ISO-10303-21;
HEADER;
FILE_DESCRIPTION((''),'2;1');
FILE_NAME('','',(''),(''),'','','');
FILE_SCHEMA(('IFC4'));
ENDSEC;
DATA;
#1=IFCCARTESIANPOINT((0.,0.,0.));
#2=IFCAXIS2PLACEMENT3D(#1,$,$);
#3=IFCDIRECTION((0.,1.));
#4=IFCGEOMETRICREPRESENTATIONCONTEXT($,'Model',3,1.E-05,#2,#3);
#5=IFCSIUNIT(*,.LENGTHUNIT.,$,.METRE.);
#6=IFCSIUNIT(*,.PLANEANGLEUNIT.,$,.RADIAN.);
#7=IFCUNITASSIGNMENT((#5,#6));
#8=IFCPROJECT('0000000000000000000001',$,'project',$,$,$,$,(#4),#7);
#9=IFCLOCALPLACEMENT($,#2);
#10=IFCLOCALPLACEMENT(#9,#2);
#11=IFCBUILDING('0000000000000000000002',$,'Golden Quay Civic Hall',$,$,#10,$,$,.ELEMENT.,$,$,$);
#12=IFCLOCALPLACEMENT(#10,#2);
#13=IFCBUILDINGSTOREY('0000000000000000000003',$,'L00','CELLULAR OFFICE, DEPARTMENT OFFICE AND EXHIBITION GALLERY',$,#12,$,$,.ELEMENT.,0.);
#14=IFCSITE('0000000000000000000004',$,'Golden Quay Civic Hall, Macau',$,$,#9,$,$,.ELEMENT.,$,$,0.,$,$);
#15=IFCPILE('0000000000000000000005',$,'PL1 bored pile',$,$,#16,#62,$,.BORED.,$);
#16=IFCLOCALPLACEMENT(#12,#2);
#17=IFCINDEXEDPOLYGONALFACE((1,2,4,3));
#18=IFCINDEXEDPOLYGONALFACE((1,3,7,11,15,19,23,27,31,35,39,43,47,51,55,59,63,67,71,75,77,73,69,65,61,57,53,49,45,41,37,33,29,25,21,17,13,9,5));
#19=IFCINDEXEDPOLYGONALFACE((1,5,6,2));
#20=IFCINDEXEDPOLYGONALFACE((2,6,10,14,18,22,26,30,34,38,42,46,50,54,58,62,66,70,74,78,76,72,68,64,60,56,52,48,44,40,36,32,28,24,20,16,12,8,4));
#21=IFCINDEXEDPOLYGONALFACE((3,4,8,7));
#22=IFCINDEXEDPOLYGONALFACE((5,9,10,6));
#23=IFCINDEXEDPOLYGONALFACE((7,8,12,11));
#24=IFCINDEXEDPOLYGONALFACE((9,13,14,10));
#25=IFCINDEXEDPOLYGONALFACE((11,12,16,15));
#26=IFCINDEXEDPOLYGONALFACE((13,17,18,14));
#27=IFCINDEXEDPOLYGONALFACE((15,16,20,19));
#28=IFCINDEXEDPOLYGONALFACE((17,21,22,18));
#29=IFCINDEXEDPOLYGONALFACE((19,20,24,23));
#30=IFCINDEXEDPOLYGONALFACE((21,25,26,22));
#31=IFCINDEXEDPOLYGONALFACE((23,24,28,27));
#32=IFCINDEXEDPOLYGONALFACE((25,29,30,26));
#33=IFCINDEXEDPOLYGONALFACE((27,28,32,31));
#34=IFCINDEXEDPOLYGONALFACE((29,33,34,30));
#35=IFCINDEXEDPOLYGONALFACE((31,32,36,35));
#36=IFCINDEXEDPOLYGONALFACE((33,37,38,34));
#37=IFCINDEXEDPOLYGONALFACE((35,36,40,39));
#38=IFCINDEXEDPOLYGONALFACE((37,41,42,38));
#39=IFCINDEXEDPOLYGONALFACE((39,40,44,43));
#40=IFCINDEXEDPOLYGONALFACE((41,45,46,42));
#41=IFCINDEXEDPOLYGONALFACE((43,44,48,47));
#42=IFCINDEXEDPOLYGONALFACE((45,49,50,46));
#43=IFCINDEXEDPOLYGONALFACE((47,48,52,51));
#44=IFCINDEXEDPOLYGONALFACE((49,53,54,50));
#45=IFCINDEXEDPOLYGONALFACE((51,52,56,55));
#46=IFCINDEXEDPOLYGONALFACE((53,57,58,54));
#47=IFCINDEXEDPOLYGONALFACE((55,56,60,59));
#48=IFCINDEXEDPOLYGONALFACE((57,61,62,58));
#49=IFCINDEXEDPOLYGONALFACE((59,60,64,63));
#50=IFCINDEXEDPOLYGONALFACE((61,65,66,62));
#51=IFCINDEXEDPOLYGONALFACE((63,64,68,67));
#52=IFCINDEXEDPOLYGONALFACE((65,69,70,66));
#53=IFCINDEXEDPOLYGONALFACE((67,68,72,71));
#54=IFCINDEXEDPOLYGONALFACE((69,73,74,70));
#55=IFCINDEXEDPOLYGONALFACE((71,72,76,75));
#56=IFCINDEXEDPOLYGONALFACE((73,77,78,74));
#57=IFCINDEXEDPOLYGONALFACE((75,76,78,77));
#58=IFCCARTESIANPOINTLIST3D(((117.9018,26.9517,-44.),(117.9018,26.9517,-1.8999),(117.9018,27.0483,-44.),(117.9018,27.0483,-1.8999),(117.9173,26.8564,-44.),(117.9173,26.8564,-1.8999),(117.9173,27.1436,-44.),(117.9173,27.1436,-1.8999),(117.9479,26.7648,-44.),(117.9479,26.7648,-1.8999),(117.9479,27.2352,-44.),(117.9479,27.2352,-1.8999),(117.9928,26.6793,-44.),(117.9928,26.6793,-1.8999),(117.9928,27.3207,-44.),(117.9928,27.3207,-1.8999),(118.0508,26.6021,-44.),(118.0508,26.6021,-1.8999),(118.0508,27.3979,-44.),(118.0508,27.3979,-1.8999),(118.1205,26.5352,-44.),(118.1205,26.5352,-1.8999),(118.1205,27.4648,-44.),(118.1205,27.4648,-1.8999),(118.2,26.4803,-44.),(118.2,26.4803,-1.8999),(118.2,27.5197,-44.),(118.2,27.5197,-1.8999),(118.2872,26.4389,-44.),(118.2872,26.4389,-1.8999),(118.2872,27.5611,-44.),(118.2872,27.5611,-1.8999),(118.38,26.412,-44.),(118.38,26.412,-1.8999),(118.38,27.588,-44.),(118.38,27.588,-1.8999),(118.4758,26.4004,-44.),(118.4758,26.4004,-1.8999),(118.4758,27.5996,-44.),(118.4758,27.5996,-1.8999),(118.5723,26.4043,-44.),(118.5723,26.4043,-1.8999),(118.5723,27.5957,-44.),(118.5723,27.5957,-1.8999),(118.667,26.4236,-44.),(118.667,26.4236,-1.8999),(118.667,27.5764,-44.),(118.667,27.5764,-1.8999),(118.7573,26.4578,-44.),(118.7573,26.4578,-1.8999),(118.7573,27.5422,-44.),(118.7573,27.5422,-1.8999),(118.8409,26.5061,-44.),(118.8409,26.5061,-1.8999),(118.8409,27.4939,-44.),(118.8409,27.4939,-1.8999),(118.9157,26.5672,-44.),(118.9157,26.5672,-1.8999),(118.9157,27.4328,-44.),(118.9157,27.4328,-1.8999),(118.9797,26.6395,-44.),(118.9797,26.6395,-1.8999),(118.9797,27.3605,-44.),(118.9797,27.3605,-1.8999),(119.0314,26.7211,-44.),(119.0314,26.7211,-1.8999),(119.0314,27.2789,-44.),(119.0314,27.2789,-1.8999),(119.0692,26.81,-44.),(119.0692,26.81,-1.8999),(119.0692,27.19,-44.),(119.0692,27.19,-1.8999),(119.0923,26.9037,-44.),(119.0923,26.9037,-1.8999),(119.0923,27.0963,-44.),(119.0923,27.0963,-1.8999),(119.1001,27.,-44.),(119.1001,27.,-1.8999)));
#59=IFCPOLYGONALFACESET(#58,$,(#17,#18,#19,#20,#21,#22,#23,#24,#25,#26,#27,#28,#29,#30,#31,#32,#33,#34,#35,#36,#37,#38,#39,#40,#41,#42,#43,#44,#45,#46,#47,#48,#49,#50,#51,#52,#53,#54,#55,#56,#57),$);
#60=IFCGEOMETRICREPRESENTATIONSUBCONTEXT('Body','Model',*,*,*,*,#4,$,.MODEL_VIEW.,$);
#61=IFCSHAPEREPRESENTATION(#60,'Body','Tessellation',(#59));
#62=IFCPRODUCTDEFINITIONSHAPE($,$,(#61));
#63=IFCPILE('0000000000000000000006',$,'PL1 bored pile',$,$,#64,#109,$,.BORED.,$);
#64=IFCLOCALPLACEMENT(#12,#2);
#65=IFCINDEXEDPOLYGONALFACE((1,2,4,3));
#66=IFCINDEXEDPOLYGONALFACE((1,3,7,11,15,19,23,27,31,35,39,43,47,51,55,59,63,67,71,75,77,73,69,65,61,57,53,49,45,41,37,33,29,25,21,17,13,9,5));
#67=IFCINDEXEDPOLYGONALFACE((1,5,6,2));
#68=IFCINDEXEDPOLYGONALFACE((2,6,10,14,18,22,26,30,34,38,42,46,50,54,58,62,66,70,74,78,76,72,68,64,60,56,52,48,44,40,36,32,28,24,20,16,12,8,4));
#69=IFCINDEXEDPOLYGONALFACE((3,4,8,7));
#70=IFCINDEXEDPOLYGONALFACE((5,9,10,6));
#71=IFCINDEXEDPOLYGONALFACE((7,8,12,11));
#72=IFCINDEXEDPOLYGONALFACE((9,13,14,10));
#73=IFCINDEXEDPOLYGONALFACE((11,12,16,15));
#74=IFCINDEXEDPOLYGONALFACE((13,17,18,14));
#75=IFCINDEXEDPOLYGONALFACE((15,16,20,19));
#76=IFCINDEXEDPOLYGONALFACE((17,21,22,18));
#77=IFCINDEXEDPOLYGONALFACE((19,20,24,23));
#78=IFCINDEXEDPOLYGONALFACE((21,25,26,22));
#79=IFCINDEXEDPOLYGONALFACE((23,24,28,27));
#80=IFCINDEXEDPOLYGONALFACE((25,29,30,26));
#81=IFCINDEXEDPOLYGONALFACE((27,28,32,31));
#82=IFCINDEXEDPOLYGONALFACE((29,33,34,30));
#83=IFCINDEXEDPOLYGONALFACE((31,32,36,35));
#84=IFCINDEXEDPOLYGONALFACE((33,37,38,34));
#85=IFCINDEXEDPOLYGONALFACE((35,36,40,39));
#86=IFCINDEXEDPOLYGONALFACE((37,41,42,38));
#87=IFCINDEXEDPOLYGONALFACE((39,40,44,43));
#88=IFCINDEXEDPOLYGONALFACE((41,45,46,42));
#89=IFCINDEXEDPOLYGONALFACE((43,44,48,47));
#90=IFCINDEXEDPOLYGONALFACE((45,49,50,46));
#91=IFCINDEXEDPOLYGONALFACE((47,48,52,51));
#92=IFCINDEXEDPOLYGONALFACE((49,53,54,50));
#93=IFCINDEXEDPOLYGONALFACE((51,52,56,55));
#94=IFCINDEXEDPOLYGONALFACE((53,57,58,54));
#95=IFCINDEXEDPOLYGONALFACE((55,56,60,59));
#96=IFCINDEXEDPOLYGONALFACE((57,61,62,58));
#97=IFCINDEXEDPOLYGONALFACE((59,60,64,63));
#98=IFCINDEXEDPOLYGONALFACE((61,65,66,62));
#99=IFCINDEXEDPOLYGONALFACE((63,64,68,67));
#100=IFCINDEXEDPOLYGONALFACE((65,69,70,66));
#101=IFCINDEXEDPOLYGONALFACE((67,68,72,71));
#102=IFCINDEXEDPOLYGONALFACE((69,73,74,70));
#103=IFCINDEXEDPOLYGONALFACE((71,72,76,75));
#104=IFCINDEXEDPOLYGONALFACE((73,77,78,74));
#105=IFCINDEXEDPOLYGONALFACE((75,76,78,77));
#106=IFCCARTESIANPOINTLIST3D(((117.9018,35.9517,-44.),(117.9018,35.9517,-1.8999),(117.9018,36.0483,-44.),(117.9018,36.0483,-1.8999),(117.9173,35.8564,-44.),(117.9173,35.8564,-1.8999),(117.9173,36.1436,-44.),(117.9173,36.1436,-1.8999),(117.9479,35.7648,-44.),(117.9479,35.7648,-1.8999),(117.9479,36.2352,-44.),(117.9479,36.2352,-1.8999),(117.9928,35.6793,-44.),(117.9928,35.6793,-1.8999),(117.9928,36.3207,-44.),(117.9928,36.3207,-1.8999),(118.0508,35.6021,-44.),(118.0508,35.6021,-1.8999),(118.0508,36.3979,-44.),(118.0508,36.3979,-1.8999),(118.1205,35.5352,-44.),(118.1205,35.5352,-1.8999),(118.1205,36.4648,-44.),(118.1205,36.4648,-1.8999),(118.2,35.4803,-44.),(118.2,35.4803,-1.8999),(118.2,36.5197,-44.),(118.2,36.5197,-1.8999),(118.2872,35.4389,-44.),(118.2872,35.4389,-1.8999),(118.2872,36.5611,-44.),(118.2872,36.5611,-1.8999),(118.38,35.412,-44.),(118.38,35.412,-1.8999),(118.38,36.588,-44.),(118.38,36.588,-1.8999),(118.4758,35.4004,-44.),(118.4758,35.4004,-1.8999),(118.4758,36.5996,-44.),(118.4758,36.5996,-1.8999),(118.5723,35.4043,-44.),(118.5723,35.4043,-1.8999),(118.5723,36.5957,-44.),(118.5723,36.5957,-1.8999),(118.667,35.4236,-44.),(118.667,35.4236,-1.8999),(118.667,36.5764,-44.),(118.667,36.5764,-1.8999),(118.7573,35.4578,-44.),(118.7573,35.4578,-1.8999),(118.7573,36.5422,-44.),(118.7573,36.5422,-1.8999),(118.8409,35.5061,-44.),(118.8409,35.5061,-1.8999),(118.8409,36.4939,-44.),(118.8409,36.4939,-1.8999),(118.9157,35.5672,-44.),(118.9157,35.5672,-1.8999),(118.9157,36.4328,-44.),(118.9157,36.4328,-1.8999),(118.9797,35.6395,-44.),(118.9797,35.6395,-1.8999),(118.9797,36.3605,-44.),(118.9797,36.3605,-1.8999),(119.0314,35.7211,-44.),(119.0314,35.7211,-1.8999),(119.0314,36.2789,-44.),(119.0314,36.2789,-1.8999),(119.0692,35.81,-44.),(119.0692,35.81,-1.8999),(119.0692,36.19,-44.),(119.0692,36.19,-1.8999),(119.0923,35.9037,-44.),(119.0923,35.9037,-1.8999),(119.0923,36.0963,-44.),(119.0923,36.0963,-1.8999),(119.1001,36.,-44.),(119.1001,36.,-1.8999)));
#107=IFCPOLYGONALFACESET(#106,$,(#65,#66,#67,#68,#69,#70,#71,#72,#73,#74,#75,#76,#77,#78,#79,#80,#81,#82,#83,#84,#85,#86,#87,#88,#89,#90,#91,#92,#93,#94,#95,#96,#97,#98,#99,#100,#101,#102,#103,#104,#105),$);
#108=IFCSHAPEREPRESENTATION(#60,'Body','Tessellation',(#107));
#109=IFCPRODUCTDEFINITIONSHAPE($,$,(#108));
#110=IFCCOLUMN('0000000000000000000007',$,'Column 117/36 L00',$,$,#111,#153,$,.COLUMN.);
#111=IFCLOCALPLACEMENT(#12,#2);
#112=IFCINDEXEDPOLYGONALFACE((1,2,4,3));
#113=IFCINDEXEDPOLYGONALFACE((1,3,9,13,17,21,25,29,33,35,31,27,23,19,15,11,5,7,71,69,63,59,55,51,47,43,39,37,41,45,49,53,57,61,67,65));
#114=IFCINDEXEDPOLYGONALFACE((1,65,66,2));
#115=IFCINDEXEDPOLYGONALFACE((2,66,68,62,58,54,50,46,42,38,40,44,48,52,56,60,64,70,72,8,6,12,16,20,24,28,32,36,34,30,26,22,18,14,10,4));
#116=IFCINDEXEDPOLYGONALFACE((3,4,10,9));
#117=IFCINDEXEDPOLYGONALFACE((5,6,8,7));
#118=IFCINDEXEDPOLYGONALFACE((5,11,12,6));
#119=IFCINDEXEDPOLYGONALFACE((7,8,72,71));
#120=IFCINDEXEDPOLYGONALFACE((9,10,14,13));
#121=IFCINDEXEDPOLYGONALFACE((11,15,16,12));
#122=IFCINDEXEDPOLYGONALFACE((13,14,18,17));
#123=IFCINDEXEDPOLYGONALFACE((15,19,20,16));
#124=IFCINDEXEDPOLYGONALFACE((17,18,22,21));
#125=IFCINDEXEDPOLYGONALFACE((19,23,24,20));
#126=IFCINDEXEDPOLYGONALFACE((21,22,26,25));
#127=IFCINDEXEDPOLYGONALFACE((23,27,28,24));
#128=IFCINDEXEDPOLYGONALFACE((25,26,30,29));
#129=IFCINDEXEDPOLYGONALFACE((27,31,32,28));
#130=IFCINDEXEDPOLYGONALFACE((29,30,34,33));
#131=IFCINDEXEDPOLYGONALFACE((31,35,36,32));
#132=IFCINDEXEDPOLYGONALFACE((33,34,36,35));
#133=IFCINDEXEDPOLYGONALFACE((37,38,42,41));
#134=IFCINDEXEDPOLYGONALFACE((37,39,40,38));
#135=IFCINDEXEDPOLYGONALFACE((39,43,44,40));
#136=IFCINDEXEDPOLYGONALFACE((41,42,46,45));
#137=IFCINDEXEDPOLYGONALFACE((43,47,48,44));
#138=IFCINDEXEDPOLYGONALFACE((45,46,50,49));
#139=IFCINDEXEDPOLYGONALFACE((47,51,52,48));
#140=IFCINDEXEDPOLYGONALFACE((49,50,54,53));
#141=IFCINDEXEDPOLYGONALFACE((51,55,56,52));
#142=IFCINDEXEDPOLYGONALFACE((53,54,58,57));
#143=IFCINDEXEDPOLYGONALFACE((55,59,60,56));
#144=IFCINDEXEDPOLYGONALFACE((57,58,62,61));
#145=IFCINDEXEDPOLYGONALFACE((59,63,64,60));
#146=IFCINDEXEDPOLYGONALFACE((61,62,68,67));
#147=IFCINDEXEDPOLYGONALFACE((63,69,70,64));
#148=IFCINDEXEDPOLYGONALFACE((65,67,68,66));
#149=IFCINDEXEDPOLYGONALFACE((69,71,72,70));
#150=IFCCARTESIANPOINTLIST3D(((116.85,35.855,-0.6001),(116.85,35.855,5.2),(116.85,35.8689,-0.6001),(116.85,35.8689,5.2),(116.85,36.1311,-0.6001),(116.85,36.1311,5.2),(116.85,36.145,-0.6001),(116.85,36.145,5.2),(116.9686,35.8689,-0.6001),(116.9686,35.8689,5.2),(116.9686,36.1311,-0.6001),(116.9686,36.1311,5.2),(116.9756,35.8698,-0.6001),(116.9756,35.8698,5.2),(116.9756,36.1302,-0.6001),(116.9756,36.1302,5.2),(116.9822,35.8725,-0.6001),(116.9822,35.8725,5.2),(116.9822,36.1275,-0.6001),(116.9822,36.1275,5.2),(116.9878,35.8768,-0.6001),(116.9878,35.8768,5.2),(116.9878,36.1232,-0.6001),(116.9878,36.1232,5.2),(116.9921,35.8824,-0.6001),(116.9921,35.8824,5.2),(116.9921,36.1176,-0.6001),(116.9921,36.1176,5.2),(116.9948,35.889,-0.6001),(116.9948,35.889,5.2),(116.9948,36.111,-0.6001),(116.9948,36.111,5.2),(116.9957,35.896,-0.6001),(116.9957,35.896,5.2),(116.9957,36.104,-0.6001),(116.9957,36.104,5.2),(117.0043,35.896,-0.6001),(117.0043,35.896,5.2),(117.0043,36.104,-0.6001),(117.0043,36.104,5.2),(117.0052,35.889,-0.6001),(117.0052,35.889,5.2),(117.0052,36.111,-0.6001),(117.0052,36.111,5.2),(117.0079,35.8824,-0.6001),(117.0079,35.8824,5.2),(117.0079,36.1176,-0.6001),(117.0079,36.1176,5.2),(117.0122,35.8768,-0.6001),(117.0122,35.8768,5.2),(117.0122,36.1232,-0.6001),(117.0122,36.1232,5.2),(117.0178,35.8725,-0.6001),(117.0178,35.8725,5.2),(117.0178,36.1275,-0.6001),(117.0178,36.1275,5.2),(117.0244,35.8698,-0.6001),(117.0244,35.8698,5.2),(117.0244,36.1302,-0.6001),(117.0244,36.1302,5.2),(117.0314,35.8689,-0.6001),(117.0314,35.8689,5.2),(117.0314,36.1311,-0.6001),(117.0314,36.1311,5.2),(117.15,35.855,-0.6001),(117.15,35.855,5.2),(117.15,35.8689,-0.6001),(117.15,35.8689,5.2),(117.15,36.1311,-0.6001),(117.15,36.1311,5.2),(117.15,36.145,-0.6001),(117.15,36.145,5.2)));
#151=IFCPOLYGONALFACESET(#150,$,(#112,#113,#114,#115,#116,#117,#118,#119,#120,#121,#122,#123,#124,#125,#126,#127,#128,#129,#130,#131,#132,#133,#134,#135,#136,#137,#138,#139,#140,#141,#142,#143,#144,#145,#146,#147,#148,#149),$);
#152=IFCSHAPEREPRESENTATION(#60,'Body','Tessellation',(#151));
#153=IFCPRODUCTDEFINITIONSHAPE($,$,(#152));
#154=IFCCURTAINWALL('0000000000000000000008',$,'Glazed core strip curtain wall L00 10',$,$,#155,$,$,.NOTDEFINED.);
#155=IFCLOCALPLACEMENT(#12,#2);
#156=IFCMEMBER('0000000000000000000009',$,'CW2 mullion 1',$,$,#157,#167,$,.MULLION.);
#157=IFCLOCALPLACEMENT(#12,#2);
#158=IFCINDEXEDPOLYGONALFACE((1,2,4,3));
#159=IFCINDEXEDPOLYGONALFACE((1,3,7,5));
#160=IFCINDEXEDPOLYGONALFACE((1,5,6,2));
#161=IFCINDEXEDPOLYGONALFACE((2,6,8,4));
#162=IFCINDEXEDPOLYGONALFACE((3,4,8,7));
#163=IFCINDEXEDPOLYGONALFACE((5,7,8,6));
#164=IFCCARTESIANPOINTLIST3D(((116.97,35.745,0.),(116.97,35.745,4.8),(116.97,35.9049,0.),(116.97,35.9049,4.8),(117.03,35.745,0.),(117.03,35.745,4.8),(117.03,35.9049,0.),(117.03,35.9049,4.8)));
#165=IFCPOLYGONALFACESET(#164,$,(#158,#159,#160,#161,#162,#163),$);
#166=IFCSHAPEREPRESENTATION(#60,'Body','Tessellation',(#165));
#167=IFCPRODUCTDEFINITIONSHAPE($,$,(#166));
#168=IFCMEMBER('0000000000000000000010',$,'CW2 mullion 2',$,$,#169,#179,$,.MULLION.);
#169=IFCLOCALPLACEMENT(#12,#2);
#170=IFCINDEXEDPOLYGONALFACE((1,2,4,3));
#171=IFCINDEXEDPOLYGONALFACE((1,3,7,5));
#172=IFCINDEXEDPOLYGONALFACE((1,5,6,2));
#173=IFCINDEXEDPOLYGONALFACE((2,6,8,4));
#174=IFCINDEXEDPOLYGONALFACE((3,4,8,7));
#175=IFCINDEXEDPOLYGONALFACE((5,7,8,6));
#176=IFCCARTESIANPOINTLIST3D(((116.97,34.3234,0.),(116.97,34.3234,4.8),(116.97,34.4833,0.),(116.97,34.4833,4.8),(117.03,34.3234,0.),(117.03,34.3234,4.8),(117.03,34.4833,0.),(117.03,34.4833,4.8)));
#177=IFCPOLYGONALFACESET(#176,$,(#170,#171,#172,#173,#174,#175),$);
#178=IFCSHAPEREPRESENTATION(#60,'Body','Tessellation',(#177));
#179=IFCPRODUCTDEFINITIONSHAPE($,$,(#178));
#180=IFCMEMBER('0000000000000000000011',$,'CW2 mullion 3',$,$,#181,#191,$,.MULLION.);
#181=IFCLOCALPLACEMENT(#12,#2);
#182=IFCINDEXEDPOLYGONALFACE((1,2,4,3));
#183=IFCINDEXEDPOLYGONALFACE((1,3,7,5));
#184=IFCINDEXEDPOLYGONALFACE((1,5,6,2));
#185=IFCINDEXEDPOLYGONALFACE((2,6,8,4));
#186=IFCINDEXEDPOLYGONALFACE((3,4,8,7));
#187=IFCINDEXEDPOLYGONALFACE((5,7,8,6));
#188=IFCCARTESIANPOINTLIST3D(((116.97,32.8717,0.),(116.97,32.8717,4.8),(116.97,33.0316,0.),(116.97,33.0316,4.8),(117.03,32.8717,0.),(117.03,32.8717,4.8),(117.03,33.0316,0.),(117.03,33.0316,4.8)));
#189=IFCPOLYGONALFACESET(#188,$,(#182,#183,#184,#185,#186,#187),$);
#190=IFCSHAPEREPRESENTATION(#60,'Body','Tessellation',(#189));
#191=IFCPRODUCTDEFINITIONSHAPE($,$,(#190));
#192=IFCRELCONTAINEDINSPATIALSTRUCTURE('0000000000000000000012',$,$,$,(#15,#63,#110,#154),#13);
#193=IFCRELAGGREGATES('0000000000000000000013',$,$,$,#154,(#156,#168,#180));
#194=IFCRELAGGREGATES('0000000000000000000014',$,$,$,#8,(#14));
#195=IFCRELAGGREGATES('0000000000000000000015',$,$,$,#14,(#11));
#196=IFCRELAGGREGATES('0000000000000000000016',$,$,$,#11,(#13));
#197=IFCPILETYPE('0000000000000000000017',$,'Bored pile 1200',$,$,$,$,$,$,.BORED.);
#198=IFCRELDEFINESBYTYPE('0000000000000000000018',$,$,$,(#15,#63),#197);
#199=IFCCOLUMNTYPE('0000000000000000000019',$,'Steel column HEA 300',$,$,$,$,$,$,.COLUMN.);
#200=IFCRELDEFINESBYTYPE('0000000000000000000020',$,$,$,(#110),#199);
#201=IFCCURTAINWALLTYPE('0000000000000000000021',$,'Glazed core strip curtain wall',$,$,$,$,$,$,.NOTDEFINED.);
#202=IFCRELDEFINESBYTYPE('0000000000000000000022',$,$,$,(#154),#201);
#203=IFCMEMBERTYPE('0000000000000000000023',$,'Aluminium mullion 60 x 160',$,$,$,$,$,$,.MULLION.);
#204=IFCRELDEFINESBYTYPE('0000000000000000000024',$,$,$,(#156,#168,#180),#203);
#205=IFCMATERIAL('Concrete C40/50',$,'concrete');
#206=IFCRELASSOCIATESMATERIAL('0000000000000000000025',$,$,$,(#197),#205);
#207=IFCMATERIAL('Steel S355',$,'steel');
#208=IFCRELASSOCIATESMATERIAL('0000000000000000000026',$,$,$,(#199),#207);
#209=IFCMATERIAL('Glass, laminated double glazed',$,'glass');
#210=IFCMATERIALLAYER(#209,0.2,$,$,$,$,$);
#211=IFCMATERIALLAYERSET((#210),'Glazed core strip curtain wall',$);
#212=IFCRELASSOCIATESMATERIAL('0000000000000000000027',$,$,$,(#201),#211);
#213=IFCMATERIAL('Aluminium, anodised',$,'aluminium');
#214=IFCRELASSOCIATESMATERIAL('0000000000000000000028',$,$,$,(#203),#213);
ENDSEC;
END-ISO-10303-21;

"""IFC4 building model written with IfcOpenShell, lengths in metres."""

from ifc_helpers import new_model, si_unit, direction, frame, origin, origin_2d, place, context, subcontext, project, spatial, rectangle, circle, i_section, extrude, material, layer, layer_set, material_profile, profile_set, type_object, element, aggregate, save


model = new_model("IFC4")

# Units and contexts
model_context = context("Model", 3, precision=1e-05, world=origin(), true_north=direction((0.0, 1.0)))
body_context = subcontext(model_context, "Body", "Model", "MODEL_VIEW")
ifc_project = project(units=[si_unit("LENGTHUNIT", "METRE"), si_unit("PLANEANGLEUNIT", "RADIAN")], contexts=[model_context])

# Site, building, storey
site_placement = place(None, origin())
site = spatial("IfcSite", under=ifc_project, at=site_placement, Name="Golden Quay Civic Hall, Macau", CompositionType="ELEMENT", RefElevation=0.0)
building_placement = place(site_placement, origin())
building = spatial("IfcBuilding", under=site, at=building_placement, Name="Golden Quay Civic Hall", CompositionType="ELEMENT")
storey_placement = place(building_placement, origin())
storey = spatial("IfcBuildingStorey", under=building, at=storey_placement, Name="L00", Description="CELLULAR OFFICE, DEPARTMENT OFFICE AND EXHIBITION GALLERY", CompositionType="ELEMENT", Elevation=0.0)

# Piles
ifc_material_1 = material(Name="Concrete C40/50", Category="concrete")
ifc_material_profile_1 = material_profile(ifc_material_1, circle(Radius=0.6001, at=origin_2d()), Name="RC D1200")
ifc_profile_set_1 = profile_set([ifc_material_profile_1], Name="Concrete C40/50")
pile_type = type_object("IfcPileType", Name="Bored pile 1200", PredefinedType="BORED", material=ifc_profile_set_1)
for number, where, z_axis, x_axis, name in (
    (1, (118.5, 27.0, -1.8999), (0.0, 0.0, -1.0), (1.0, 0.0, 0.0), "PL1 bored pile"),
    (2, (118.5, 36.0, -1.8999), (0.0, 0.0, -1.0), (1.0, 0.0, 0.0), "PL1 bored pile"),
):
    element("IfcPile", number, at=place(storey_placement, frame(where, z_axis=z_axis, x_axis=x_axis)), inside=storey, type_object=pile_type, Name=name, PredefinedType="BORED", context=body_context, shape_type="SweptSolid", body=[
        extrude(circle(Radius=0.6001, at=origin_2d()), origin(), (0.0, 0.0, 1.0), 42.1001),
    ])

# Column
ifc_material_2 = material(Name="Steel S355", Category="steel")
ifc_material_profile_2 = material_profile(ifc_material_2, i_section(OverallWidth=0.3, OverallDepth=0.29, WebThickness=0.0085, FlangeThickness=0.0139, FilletRadius=0.0271, at=origin_2d()), Name="HEA 300")
ifc_profile_set_2 = profile_set([ifc_material_profile_2], Name="Steel S355")
column_type = type_object("IfcColumnType", Name="Steel column HEA 300", PredefinedType="COLUMN", material=ifc_profile_set_2)
column_placement = place(storey_placement, frame((117.0, 36.0, -0.6001), z_axis=(0.0, 0.0, 1.0), x_axis=(1.0, 0.0, 0.0)))
element("IfcColumn", 3, at=column_placement, inside=storey, type_object=column_type, Name="Column 117/36 L00", PredefinedType="COLUMN", context=body_context, shape_type="SweptSolid", body=[
    extrude(i_section(OverallWidth=0.3, OverallDepth=0.29, WebThickness=0.0085, FlangeThickness=0.0139, FilletRadius=0.0271, at=origin_2d()), origin(), (0.0, 0.0, 1.0), 5.8),
])

# Curtain wall, members
ifc_material_3 = material(Name="Glass, laminated double glazed", Category="glass")
ifc_layer_1 = layer(ifc_material_3, 0.2)
ifc_layer_set_1 = layer_set([ifc_layer_1], Name="Glazed core strip curtain wall")
curtain_wall_type = type_object("IfcCurtainWallType", Name="Glazed core strip curtain wall", PredefinedType="NOTDEFINED", material=ifc_layer_set_1)
curtain_wall_1_placement = place(storey_placement, origin())
curtain_wall_1 = element("IfcCurtainWall", 4, at=curtain_wall_1_placement, inside=storey, type_object=curtain_wall_type, Name="Glazed core strip curtain wall L00 10", PredefinedType="NOTDEFINED")
ifc_material_4 = material(Name="Aluminium, anodised", Category="aluminium")
ifc_material_profile_3 = material_profile(ifc_material_4, rectangle(XDim=0.0601, YDim=0.1599, at=origin_2d()), Name="Aluminium 60 x 160")
ifc_profile_set_3 = profile_set([ifc_material_profile_3], Name="Aluminium, anodised")
member_type_1 = type_object("IfcMemberType", Name="Aluminium mullion 60 x 160", PredefinedType="MULLION", material=ifc_profile_set_3)
member_1_placement = place(storey_placement, frame((117.0, 35.825, 0.0), z_axis=(0.0, 0.0, 1.0), x_axis=(1.0, 0.0, 0.0)))
member_1 = element("IfcMember", 5, at=member_1_placement, type_object=member_type_1, Name="CW2 mullion 1", PredefinedType="MULLION", context=body_context, shape_type="SweptSolid", body=[
    extrude(rectangle(XDim=0.0601, YDim=0.1599, at=origin_2d()), origin(), (0.0, 0.0, 1.0), 4.8),
])
member_2_placement = place(storey_placement, frame((117.0, 34.4033, 0.0), z_axis=(0.0, 0.0, 1.0), x_axis=(1.0, 0.0, 0.0)))
member_2 = element("IfcMember", 6, at=member_2_placement, type_object=member_type_1, Name="CW2 mullion 2", PredefinedType="MULLION", context=body_context, shape_type="SweptSolid", body=[
    extrude(rectangle(XDim=0.0601, YDim=0.1599, at=origin_2d()), origin(), (0.0, 0.0, 1.0), 4.8),
])
member_3_placement = place(storey_placement, frame((117.0, 32.9517, 0.0), z_axis=(0.0, 0.0, 1.0), x_axis=(1.0, 0.0, 0.0)))
member_3 = element("IfcMember", 7, at=member_3_placement, type_object=member_type_1, Name="CW2 mullion 3", PredefinedType="MULLION", context=body_context, shape_type="SweptSolid", body=[
    extrude(rectangle(XDim=0.0601, YDim=0.1599, at=origin_2d()), origin(), (0.0, 0.0, 1.0), 4.8),
])

aggregate(curtain_wall_1, [member_1, member_2, member_3])

save(model, "model.ifc")
